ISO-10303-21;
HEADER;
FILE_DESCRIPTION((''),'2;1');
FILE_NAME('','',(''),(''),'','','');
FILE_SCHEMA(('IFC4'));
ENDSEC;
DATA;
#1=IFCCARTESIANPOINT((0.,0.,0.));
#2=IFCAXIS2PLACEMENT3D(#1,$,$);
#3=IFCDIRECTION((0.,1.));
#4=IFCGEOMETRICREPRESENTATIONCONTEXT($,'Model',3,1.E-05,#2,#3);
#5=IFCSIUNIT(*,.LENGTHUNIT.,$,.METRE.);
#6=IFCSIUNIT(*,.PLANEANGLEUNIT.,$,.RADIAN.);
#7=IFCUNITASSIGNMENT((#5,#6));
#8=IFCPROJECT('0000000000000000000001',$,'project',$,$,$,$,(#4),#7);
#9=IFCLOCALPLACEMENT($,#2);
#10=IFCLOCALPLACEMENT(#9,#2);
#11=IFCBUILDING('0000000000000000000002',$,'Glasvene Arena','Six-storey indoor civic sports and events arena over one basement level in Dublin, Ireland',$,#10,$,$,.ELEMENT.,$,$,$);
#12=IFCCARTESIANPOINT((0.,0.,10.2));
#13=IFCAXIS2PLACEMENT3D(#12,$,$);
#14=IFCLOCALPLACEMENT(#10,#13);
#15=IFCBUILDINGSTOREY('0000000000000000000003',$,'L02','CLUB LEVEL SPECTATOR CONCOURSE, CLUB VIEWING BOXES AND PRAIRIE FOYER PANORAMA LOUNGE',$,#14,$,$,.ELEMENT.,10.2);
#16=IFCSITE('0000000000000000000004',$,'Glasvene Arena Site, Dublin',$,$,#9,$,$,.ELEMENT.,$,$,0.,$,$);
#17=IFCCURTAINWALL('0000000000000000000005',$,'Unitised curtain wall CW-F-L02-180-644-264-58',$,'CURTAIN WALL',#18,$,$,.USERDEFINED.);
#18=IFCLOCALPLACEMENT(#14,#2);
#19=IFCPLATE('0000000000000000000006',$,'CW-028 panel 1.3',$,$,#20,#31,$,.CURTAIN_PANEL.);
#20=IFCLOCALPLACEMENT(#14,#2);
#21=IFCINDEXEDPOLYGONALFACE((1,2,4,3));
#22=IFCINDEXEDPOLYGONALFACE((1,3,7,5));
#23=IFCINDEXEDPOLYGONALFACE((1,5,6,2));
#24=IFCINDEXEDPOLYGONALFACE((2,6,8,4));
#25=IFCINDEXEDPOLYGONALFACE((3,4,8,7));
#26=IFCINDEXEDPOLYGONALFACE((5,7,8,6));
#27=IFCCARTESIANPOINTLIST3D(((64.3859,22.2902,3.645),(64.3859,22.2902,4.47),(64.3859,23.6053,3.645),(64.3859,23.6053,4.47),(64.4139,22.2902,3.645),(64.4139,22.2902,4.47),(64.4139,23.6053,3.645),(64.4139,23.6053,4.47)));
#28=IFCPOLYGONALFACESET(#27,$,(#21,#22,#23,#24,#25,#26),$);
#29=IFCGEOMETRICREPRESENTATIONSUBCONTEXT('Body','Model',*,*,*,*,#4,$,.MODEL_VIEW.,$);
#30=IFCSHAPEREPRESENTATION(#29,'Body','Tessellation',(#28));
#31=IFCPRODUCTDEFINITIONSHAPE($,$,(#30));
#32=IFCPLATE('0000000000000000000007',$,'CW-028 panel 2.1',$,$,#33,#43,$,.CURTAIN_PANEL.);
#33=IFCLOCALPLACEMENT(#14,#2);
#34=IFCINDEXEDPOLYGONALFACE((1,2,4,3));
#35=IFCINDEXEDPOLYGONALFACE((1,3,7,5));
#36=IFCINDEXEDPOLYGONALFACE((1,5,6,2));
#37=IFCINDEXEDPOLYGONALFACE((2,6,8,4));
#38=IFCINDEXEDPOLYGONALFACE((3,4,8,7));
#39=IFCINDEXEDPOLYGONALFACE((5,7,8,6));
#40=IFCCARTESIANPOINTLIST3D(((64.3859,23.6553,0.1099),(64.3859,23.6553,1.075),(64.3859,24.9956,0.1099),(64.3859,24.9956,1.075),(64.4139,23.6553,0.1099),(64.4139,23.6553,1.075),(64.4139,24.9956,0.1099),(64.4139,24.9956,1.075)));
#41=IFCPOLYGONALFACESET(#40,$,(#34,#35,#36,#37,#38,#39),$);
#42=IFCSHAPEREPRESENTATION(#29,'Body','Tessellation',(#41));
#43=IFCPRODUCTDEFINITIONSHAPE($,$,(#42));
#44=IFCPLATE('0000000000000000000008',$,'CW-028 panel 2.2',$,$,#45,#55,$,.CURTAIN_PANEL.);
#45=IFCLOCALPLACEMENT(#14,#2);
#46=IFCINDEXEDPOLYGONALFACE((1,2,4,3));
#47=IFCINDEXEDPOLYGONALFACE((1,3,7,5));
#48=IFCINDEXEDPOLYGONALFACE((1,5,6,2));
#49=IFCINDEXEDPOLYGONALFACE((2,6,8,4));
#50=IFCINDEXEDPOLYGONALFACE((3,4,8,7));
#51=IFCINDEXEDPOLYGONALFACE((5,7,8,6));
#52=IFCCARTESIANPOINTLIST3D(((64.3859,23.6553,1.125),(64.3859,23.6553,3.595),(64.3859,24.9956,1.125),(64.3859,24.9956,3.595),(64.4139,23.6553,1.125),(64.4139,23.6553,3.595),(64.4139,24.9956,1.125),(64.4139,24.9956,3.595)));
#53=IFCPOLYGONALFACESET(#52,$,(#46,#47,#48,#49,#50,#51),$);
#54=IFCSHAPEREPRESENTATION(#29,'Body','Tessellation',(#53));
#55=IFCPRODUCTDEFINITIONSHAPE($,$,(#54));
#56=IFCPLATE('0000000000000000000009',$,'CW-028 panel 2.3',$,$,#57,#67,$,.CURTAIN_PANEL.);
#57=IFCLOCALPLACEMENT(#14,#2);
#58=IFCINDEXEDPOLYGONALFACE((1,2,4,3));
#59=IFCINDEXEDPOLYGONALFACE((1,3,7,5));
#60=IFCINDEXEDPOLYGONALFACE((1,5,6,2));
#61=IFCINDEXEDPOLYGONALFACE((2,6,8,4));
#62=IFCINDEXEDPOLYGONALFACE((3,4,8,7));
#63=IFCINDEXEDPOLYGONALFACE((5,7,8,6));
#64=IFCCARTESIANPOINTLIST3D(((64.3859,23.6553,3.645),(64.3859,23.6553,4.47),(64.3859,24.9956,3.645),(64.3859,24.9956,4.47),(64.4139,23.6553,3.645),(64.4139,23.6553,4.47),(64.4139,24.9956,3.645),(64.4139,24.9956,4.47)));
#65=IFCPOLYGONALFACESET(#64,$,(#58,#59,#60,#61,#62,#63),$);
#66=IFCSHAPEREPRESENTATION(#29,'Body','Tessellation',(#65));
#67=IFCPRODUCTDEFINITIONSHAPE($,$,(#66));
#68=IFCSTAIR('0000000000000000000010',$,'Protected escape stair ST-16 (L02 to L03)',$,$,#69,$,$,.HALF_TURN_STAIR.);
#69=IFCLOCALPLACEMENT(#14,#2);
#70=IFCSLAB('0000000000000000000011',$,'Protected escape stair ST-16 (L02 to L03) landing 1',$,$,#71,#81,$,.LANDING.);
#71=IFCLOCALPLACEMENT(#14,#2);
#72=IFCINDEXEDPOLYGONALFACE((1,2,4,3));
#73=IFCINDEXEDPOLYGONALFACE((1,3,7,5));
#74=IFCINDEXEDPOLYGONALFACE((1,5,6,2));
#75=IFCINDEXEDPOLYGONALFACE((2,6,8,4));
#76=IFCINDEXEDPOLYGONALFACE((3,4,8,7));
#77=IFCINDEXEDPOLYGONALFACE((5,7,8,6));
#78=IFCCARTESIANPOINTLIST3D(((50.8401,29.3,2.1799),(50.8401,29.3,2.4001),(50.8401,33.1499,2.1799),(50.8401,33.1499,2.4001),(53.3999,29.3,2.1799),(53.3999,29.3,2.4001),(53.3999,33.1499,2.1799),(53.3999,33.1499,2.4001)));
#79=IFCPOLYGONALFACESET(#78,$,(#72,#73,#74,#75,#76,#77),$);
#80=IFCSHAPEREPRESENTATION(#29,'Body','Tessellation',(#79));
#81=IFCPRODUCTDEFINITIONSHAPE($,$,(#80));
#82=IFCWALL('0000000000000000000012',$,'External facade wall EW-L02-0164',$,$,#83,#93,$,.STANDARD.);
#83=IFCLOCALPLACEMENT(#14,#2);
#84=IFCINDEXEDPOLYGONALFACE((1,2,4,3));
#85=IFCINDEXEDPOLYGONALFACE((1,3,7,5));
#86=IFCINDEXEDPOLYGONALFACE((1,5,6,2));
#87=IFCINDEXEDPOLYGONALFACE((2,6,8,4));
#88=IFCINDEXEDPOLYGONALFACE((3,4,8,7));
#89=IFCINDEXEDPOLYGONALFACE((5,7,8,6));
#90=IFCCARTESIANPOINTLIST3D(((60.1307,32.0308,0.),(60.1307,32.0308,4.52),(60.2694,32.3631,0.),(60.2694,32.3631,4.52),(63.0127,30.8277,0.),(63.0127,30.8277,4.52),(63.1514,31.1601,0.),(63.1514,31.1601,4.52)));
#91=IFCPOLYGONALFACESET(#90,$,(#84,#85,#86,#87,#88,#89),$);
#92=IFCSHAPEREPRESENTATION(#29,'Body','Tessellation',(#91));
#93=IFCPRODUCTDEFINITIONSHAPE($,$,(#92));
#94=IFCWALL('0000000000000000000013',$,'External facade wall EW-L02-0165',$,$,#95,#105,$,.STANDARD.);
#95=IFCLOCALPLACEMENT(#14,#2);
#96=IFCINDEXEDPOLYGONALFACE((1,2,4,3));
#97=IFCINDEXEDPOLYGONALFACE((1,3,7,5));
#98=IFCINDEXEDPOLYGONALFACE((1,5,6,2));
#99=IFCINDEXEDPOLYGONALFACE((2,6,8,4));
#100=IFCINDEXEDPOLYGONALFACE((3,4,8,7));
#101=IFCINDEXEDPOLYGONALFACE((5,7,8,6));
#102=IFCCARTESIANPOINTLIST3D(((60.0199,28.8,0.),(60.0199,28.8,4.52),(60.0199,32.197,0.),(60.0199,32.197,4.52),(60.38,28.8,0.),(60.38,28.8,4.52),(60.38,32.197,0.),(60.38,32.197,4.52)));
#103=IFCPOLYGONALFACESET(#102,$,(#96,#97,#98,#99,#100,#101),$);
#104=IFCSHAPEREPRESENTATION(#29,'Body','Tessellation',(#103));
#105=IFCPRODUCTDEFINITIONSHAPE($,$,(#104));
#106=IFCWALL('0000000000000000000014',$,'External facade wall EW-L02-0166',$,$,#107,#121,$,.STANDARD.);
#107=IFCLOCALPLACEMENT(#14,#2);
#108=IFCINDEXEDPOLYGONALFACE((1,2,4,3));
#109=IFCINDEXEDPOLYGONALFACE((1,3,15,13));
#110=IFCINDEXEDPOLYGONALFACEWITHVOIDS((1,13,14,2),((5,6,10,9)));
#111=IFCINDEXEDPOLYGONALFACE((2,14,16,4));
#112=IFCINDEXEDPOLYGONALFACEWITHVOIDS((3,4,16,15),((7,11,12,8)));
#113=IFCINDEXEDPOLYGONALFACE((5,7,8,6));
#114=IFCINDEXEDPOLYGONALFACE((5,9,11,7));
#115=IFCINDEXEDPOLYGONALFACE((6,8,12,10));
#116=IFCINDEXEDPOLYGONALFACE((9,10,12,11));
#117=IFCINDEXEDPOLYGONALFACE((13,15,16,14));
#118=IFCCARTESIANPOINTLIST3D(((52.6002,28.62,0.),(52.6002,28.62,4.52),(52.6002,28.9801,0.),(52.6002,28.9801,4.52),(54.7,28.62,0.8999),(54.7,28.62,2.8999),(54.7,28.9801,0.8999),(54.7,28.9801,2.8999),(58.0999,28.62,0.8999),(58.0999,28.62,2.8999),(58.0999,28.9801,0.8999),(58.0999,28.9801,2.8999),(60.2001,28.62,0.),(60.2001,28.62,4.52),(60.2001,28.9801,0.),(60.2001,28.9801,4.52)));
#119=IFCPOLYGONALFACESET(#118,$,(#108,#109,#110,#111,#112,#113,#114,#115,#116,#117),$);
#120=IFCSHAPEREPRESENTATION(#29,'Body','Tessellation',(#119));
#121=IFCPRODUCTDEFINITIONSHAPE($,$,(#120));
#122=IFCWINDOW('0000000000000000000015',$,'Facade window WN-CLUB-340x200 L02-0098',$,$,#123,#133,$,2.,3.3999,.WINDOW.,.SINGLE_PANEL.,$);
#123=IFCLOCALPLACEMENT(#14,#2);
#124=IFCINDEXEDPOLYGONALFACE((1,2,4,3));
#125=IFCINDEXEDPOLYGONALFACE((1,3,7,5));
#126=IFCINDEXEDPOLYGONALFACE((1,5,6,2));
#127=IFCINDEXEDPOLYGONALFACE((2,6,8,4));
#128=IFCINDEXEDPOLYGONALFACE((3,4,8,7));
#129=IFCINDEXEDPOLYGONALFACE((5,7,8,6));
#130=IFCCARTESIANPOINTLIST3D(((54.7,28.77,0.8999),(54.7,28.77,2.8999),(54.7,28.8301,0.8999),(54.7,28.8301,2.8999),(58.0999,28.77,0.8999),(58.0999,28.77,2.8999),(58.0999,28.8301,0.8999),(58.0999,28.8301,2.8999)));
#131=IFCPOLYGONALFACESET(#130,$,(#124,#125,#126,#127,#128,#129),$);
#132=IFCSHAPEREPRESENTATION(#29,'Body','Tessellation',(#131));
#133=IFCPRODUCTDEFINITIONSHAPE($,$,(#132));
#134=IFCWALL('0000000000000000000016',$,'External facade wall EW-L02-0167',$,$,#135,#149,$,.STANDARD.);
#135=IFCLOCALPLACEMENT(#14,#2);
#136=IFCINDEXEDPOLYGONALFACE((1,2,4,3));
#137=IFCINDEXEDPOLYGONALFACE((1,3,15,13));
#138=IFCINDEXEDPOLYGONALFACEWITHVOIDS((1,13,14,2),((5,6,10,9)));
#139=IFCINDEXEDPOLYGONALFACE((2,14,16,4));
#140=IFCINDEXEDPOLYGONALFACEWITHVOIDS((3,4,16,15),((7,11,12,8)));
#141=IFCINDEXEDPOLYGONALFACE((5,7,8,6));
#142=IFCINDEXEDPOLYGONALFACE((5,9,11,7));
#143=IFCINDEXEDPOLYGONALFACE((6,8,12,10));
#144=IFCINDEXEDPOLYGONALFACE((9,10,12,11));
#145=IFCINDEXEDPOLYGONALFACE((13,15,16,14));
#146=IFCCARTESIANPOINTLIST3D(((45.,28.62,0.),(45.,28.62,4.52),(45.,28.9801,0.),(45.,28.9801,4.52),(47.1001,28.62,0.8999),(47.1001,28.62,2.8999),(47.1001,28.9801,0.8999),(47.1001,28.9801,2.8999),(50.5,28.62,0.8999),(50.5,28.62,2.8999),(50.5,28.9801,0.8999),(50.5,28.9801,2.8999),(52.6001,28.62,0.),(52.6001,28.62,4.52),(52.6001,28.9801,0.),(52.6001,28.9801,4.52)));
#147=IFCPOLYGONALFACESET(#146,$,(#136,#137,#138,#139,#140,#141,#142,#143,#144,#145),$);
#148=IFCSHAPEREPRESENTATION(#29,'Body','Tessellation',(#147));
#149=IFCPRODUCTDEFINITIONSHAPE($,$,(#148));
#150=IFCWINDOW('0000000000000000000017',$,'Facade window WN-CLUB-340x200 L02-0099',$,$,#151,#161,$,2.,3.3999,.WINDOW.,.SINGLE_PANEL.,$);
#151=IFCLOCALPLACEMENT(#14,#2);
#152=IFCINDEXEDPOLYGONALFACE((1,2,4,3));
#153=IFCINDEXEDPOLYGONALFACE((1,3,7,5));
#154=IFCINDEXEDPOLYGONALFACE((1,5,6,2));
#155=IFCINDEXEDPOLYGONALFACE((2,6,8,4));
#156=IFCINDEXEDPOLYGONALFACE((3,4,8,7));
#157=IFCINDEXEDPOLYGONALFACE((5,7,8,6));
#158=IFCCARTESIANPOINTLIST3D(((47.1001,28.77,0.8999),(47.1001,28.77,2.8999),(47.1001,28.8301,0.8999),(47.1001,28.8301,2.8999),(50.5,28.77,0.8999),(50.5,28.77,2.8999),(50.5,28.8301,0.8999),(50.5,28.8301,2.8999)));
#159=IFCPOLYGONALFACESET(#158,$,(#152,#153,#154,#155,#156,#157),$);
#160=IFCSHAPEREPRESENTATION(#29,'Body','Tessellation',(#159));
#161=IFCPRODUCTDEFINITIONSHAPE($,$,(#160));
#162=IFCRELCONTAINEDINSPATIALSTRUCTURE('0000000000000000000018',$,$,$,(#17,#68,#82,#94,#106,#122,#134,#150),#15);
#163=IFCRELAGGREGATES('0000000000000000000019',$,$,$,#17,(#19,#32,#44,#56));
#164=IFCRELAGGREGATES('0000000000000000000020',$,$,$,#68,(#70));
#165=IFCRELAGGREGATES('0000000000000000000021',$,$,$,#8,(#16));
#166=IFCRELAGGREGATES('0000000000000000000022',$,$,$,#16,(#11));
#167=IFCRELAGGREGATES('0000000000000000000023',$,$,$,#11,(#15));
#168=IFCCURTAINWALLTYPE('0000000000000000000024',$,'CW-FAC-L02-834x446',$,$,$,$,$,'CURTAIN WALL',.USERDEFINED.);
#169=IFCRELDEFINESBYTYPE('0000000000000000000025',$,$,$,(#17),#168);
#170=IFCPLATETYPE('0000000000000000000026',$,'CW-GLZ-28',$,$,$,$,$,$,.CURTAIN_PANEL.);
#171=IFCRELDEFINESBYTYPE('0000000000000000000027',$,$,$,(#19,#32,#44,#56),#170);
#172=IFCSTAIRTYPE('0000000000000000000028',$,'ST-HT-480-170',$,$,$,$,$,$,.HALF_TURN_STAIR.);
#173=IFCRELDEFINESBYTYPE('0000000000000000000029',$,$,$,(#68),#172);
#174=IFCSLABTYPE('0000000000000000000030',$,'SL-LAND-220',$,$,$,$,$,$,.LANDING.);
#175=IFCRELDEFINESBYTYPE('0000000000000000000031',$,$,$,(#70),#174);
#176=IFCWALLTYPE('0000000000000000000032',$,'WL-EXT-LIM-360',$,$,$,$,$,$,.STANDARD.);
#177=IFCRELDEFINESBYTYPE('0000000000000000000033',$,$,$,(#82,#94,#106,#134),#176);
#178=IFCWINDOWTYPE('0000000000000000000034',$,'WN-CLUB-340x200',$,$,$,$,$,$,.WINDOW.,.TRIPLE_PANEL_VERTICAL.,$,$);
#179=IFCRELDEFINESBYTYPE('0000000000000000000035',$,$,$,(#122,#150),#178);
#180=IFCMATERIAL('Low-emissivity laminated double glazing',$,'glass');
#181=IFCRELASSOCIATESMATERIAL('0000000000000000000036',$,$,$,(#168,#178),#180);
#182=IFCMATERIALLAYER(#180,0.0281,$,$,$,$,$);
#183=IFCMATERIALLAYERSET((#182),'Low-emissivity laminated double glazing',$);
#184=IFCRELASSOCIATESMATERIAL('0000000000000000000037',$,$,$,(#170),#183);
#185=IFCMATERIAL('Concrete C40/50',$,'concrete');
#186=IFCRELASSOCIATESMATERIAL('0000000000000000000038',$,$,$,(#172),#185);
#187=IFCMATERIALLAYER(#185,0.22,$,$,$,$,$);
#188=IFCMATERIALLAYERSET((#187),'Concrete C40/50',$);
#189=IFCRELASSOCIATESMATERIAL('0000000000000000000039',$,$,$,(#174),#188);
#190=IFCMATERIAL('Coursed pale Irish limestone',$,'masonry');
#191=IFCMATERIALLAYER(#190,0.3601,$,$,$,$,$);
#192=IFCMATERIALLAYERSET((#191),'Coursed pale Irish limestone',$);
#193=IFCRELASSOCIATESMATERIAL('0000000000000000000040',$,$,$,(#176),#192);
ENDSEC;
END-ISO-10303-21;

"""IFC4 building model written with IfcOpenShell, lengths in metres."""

from ifc_helpers import new_model, si_unit, direction, frame, frame_2d, origin, origin_2d, place, context, subcontext, project, spatial, polyline, rectangle, outline, extrude, material, layer, layer_set, type_object, element, fill, aggregate, save


model = new_model("IFC4")

# Units and contexts
model_context = context("Model", 3, precision=1e-05, world=origin(), true_north=direction((0.0, 1.0)))
body_context = subcontext(model_context, "Body", "Model", "MODEL_VIEW")
ifc_project = project(units=[si_unit("LENGTHUNIT", "METRE"), si_unit("PLANEANGLEUNIT", "RADIAN")], contexts=[model_context])

# Site, building, storey
site_placement = place(None, origin())
site = spatial("IfcSite", under=ifc_project, at=site_placement, Name="Glasvene Arena Site, Dublin", CompositionType="ELEMENT", RefElevation=0.0)
building_placement = place(site_placement, origin())
building = spatial("IfcBuilding", under=site, at=building_placement, Name="Glasvene Arena", Description="Six-storey indoor civic sports and events arena over one basement level in Dublin, Ireland", CompositionType="ELEMENT")
storey_placement = place(building_placement, frame((0.0, 0.0, 10.2)))
storey = spatial("IfcBuildingStorey", under=building, at=storey_placement, Name="L02", Description="CLUB LEVEL SPECTATOR CONCOURSE, CLUB VIEWING BOXES AND PRAIRIE FOYER PANORAMA LOUNGE", CompositionType="ELEMENT", Elevation=10.2)

# Curtain wall, plates
ifc_material_1 = material(Name="Low-emissivity laminated double glazing", Category="glass")
curtain_wall_type = type_object("IfcCurtainWallType", Name="CW-FAC-L02-834x446", ElementType="CURTAIN WALL", PredefinedType="USERDEFINED", material=ifc_material_1)
curtain_wall_placement = place(storey_placement, frame((64.3999, 22.24, 0.0)))
curtain_wall = element("IfcCurtainWall", 1, at=curtain_wall_placement, inside=storey, type_object=curtain_wall_type, Name="Unitised curtain wall CW-F-L02-180-644-264-58", ObjectType="CURTAIN WALL", PredefinedType="USERDEFINED")
ifc_layer_1 = layer(ifc_material_1, 0.0281)
ifc_layer_set_1 = layer_set([ifc_layer_1], Name="Low-emissivity laminated double glazing")
plate_type = type_object("IfcPlateType", Name="CW-GLZ-28", PredefinedType="CURTAIN_PANEL", material=ifc_layer_set_1)
plate_1_placement = place(storey_placement, frame((64.3999, 22.9478, 3.645), z_axis=(0.0, 0.0, 1.0), x_axis=(0.0, 1.0, 0.0)))
plate_1 = element("IfcPlate", 2, at=plate_1_placement, type_object=plate_type, Name="CW-028 panel 1.3", PredefinedType="CURTAIN_PANEL", context=body_context, shape_type="SweptSolid", body=[
    extrude(rectangle(XDim=1.3152, YDim=0.0281, at=origin_2d()), origin(), (0.0, 0.0, 1.0), 0.825),
])
plate_2_placement = place(storey_placement, frame((64.3999, 24.3254, 0.1099), z_axis=(0.0, 0.0, 1.0), x_axis=(0.0, 1.0, 0.0)))
plate_2 = element("IfcPlate", 3, at=plate_2_placement, type_object=plate_type, Name="CW-028 panel 2.1", PredefinedType="CURTAIN_PANEL", context=body_context, shape_type="SweptSolid", body=[
    extrude(rectangle(XDim=1.3403, YDim=0.0281, at=origin_2d()), origin(), (0.0, 0.0, 1.0), 0.9651),
])
plate_3_placement = place(storey_placement, frame((64.3999, 24.3254, 1.125), z_axis=(0.0, 0.0, 1.0), x_axis=(0.0, 1.0, 0.0)))
plate_3 = element("IfcPlate", 4, at=plate_3_placement, type_object=plate_type, Name="CW-028 panel 2.2", PredefinedType="CURTAIN_PANEL", context=body_context, shape_type="SweptSolid", body=[
    extrude(rectangle(XDim=1.3403, YDim=0.0281, at=origin_2d()), origin(), (0.0, 0.0, 1.0), 2.47),
])
plate_4_placement = place(storey_placement, frame((64.3999, 24.3254, 3.645), z_axis=(0.0, 0.0, 1.0), x_axis=(0.0, 1.0, 0.0)))
plate_4 = element("IfcPlate", 5, at=plate_4_placement, type_object=plate_type, Name="CW-028 panel 2.3", PredefinedType="CURTAIN_PANEL", context=body_context, shape_type="SweptSolid", body=[
    extrude(rectangle(XDim=1.3403, YDim=0.0281, at=origin_2d()), origin(), (0.0, 0.0, 1.0), 0.825),
])
aggregate(curtain_wall, [plate_1, plate_2, plate_3, plate_4])

# Stair, slab
ifc_material_2 = material(Name="Concrete C40/50", Category="concrete")
stair_type = type_object("IfcStairType", Name="ST-HT-480-170", PredefinedType="HALF_TURN_STAIR", material=ifc_material_2)
stair_placement = place(storey_placement, origin())
stair = element("IfcStair", 6, at=stair_placement, inside=storey, type_object=stair_type, Name="Protected escape stair ST-16 (L02 to L03)", PredefinedType="HALF_TURN_STAIR")
ifc_layer_2 = layer(ifc_material_2, 0.22)
ifc_layer_set_2 = layer_set([ifc_layer_2], Name="Concrete C40/50")
slab_type = type_object("IfcSlabType", Name="SL-LAND-220", PredefinedType="LANDING", material=ifc_layer_set_2)
slab_placement = place(storey_placement, frame((52.1201, 31.2251, 2.1799)))
slab = element("IfcSlab", 7, at=slab_placement, type_object=slab_type, Name="Protected escape stair ST-16 (L02 to L03) landing 1", PredefinedType="LANDING", context=body_context, shape_type="SweptSolid", body=[
    extrude(outline(polyline([(-1.28, -1.925), (1.2798, -1.925), (1.2798, 1.9248), (-1.28, 1.9248), (-1.28, -1.925)])), origin(), (0.0, 0.0, 1.0), 0.2202),
])
aggregate(stair, [slab])

# Walls
ifc_material_3 = material(Name="Coursed pale Irish limestone", Category="masonry")
ifc_layer_3 = layer(ifc_material_3, 0.3601)
ifc_layer_set_3 = layer_set([ifc_layer_3], Name="Coursed pale Irish limestone")
wall_type_1 = type_object("IfcWallType", Name="WL-EXT-LIM-360", PredefinedType="STANDARD", material=ifc_layer_set_3)
wall_1_placement = place(storey_placement, frame((63.082, 30.9939, 0.0), z_axis=(0.0, 0.0, 1.0), x_axis=(-0.92282, 0.385231, 0.0)))
element("IfcWall", 8, at=wall_1_placement, inside=storey, type_object=wall_type_1, Name="External facade wall EW-L02-0164", PredefinedType="STANDARD", context=body_context, shape_type="SweptSolid", body=[
    extrude(rectangle(XDim=3.123, YDim=0.3601, at=frame_2d((1.5615, 0.0))), origin(), (0.0, 0.0, 1.0), 4.52),
])
wall_2_placement = place(storey_placement, frame((60.2, 32.197, 0.0), z_axis=(0.0, 0.0, 1.0), x_axis=(0.0, -1.0, 0.0)))
element("IfcWall", 9, at=wall_2_placement, inside=storey, type_object=wall_type_1, Name="External facade wall EW-L02-0165", PredefinedType="STANDARD", context=body_context, shape_type="SweptSolid", body=[
    extrude(rectangle(XDim=3.397, YDim=0.3601, at=frame_2d((1.6985, 0.0))), origin(), (0.0, 0.0, 1.0), 4.52),
])

# Walls, openings, windows
wall_3_placement = place(storey_placement, frame((60.2, 28.8, 0.0), z_axis=(0.0, 0.0, 1.0), x_axis=(-1.0, 0.0, 0.0)))
wall_3 = element("IfcWall", 10, at=wall_3_placement, inside=storey, type_object=wall_type_1, Name="External facade wall EW-L02-0166", PredefinedType="STANDARD", context=body_context, shape_type="SweptSolid", body=[
    extrude(rectangle(XDim=7.5999, YDim=0.3601, at=frame_2d((3.7998, 0.0))), origin(), (0.0, 0.0, 1.0), 4.52),
])
opening_1_placement = place(wall_3_placement, frame((2.1001, 0.0, 0.8999)))
opening_1 = element("IfcOpeningElement", 11, at=opening_1_placement, cuts=wall_3, PredefinedType="OPENING", context=body_context, shape_type="SweptSolid", body=[
    extrude(rectangle(XDim=3.3999, YDim=2.0, at=frame_2d((1.7, 1.0))), frame((0.0, 0.1899, 0.0), z_axis=(0.0, -1.0, 0.0), x_axis=(1.0, 0.0, 0.0)), (0.0, 0.0, 1.0), 0.3801),
])
window_type = type_object("IfcWindowType", Name="WN-CLUB-340x200", PartitioningType="TRIPLE_PANEL_VERTICAL", PredefinedType="WINDOW", material=ifc_material_1)
window_1_placement = place(opening_1_placement, origin())
window_1 = element("IfcWindow", 12, at=window_1_placement, inside=storey, type_object=window_type, Name="Facade window WN-CLUB-340x200 L02-0098", OverallHeight=2.0, OverallWidth=3.3999, PartitioningType="SINGLE_PANEL", PredefinedType="WINDOW", context=body_context, shape_type="SweptSolid", body=[
    extrude(rectangle(XDim=3.3999, YDim=2.0, at=frame_2d((1.7, 1.0))), frame((0.0, 0.03, 0.0), z_axis=(0.0, -1.0, 0.0), x_axis=(1.0, 0.0, 0.0)), (0.0, 0.0, 1.0), 0.0601),
])
fill(opening_1, window_1)
wall_4_placement = place(storey_placement, frame((52.6001, 28.8, 0.0), z_axis=(0.0, 0.0, 1.0), x_axis=(-1.0, 0.0, 0.0)))
wall_4 = element("IfcWall", 13, at=wall_4_placement, inside=storey, type_object=wall_type_1, Name="External facade wall EW-L02-0167", PredefinedType="STANDARD", context=body_context, shape_type="SweptSolid", body=[
    extrude(rectangle(XDim=7.6001, YDim=0.3601, at=frame_2d((3.8, 0.0))), origin(), (0.0, 0.0, 1.0), 4.52),
])
opening_2_placement = place(wall_4_placement, frame((2.1001, 0.0, 0.8999)))
opening_2 = element("IfcOpeningElement", 14, at=opening_2_placement, cuts=wall_4, PredefinedType="OPENING", context=body_context, shape_type="SweptSolid", body=[
    extrude(rectangle(XDim=3.3999, YDim=2.0, at=frame_2d((1.7, 1.0))), frame((0.0, 0.1899, 0.0), z_axis=(0.0, -1.0, 0.0), x_axis=(1.0, 0.0, 0.0)), (0.0, 0.0, 1.0), 0.3801),
])
window_2_placement = place(opening_2_placement, origin())
window_2 = element("IfcWindow", 15, at=window_2_placement, inside=storey, type_object=window_type, Name="Facade window WN-CLUB-340x200 L02-0099", OverallHeight=2.0, OverallWidth=3.3999, PartitioningType="SINGLE_PANEL", PredefinedType="WINDOW", context=body_context, shape_type="SweptSolid", body=[
    extrude(rectangle(XDim=3.3999, YDim=2.0, at=frame_2d((1.7, 1.0))), frame((0.0, 0.03, 0.0), z_axis=(0.0, -1.0, 0.0), x_axis=(1.0, 0.0, 0.0)), (0.0, 0.0, 1.0), 0.0601),
])
fill(opening_2, window_2)

save(model, "model.ifc")
